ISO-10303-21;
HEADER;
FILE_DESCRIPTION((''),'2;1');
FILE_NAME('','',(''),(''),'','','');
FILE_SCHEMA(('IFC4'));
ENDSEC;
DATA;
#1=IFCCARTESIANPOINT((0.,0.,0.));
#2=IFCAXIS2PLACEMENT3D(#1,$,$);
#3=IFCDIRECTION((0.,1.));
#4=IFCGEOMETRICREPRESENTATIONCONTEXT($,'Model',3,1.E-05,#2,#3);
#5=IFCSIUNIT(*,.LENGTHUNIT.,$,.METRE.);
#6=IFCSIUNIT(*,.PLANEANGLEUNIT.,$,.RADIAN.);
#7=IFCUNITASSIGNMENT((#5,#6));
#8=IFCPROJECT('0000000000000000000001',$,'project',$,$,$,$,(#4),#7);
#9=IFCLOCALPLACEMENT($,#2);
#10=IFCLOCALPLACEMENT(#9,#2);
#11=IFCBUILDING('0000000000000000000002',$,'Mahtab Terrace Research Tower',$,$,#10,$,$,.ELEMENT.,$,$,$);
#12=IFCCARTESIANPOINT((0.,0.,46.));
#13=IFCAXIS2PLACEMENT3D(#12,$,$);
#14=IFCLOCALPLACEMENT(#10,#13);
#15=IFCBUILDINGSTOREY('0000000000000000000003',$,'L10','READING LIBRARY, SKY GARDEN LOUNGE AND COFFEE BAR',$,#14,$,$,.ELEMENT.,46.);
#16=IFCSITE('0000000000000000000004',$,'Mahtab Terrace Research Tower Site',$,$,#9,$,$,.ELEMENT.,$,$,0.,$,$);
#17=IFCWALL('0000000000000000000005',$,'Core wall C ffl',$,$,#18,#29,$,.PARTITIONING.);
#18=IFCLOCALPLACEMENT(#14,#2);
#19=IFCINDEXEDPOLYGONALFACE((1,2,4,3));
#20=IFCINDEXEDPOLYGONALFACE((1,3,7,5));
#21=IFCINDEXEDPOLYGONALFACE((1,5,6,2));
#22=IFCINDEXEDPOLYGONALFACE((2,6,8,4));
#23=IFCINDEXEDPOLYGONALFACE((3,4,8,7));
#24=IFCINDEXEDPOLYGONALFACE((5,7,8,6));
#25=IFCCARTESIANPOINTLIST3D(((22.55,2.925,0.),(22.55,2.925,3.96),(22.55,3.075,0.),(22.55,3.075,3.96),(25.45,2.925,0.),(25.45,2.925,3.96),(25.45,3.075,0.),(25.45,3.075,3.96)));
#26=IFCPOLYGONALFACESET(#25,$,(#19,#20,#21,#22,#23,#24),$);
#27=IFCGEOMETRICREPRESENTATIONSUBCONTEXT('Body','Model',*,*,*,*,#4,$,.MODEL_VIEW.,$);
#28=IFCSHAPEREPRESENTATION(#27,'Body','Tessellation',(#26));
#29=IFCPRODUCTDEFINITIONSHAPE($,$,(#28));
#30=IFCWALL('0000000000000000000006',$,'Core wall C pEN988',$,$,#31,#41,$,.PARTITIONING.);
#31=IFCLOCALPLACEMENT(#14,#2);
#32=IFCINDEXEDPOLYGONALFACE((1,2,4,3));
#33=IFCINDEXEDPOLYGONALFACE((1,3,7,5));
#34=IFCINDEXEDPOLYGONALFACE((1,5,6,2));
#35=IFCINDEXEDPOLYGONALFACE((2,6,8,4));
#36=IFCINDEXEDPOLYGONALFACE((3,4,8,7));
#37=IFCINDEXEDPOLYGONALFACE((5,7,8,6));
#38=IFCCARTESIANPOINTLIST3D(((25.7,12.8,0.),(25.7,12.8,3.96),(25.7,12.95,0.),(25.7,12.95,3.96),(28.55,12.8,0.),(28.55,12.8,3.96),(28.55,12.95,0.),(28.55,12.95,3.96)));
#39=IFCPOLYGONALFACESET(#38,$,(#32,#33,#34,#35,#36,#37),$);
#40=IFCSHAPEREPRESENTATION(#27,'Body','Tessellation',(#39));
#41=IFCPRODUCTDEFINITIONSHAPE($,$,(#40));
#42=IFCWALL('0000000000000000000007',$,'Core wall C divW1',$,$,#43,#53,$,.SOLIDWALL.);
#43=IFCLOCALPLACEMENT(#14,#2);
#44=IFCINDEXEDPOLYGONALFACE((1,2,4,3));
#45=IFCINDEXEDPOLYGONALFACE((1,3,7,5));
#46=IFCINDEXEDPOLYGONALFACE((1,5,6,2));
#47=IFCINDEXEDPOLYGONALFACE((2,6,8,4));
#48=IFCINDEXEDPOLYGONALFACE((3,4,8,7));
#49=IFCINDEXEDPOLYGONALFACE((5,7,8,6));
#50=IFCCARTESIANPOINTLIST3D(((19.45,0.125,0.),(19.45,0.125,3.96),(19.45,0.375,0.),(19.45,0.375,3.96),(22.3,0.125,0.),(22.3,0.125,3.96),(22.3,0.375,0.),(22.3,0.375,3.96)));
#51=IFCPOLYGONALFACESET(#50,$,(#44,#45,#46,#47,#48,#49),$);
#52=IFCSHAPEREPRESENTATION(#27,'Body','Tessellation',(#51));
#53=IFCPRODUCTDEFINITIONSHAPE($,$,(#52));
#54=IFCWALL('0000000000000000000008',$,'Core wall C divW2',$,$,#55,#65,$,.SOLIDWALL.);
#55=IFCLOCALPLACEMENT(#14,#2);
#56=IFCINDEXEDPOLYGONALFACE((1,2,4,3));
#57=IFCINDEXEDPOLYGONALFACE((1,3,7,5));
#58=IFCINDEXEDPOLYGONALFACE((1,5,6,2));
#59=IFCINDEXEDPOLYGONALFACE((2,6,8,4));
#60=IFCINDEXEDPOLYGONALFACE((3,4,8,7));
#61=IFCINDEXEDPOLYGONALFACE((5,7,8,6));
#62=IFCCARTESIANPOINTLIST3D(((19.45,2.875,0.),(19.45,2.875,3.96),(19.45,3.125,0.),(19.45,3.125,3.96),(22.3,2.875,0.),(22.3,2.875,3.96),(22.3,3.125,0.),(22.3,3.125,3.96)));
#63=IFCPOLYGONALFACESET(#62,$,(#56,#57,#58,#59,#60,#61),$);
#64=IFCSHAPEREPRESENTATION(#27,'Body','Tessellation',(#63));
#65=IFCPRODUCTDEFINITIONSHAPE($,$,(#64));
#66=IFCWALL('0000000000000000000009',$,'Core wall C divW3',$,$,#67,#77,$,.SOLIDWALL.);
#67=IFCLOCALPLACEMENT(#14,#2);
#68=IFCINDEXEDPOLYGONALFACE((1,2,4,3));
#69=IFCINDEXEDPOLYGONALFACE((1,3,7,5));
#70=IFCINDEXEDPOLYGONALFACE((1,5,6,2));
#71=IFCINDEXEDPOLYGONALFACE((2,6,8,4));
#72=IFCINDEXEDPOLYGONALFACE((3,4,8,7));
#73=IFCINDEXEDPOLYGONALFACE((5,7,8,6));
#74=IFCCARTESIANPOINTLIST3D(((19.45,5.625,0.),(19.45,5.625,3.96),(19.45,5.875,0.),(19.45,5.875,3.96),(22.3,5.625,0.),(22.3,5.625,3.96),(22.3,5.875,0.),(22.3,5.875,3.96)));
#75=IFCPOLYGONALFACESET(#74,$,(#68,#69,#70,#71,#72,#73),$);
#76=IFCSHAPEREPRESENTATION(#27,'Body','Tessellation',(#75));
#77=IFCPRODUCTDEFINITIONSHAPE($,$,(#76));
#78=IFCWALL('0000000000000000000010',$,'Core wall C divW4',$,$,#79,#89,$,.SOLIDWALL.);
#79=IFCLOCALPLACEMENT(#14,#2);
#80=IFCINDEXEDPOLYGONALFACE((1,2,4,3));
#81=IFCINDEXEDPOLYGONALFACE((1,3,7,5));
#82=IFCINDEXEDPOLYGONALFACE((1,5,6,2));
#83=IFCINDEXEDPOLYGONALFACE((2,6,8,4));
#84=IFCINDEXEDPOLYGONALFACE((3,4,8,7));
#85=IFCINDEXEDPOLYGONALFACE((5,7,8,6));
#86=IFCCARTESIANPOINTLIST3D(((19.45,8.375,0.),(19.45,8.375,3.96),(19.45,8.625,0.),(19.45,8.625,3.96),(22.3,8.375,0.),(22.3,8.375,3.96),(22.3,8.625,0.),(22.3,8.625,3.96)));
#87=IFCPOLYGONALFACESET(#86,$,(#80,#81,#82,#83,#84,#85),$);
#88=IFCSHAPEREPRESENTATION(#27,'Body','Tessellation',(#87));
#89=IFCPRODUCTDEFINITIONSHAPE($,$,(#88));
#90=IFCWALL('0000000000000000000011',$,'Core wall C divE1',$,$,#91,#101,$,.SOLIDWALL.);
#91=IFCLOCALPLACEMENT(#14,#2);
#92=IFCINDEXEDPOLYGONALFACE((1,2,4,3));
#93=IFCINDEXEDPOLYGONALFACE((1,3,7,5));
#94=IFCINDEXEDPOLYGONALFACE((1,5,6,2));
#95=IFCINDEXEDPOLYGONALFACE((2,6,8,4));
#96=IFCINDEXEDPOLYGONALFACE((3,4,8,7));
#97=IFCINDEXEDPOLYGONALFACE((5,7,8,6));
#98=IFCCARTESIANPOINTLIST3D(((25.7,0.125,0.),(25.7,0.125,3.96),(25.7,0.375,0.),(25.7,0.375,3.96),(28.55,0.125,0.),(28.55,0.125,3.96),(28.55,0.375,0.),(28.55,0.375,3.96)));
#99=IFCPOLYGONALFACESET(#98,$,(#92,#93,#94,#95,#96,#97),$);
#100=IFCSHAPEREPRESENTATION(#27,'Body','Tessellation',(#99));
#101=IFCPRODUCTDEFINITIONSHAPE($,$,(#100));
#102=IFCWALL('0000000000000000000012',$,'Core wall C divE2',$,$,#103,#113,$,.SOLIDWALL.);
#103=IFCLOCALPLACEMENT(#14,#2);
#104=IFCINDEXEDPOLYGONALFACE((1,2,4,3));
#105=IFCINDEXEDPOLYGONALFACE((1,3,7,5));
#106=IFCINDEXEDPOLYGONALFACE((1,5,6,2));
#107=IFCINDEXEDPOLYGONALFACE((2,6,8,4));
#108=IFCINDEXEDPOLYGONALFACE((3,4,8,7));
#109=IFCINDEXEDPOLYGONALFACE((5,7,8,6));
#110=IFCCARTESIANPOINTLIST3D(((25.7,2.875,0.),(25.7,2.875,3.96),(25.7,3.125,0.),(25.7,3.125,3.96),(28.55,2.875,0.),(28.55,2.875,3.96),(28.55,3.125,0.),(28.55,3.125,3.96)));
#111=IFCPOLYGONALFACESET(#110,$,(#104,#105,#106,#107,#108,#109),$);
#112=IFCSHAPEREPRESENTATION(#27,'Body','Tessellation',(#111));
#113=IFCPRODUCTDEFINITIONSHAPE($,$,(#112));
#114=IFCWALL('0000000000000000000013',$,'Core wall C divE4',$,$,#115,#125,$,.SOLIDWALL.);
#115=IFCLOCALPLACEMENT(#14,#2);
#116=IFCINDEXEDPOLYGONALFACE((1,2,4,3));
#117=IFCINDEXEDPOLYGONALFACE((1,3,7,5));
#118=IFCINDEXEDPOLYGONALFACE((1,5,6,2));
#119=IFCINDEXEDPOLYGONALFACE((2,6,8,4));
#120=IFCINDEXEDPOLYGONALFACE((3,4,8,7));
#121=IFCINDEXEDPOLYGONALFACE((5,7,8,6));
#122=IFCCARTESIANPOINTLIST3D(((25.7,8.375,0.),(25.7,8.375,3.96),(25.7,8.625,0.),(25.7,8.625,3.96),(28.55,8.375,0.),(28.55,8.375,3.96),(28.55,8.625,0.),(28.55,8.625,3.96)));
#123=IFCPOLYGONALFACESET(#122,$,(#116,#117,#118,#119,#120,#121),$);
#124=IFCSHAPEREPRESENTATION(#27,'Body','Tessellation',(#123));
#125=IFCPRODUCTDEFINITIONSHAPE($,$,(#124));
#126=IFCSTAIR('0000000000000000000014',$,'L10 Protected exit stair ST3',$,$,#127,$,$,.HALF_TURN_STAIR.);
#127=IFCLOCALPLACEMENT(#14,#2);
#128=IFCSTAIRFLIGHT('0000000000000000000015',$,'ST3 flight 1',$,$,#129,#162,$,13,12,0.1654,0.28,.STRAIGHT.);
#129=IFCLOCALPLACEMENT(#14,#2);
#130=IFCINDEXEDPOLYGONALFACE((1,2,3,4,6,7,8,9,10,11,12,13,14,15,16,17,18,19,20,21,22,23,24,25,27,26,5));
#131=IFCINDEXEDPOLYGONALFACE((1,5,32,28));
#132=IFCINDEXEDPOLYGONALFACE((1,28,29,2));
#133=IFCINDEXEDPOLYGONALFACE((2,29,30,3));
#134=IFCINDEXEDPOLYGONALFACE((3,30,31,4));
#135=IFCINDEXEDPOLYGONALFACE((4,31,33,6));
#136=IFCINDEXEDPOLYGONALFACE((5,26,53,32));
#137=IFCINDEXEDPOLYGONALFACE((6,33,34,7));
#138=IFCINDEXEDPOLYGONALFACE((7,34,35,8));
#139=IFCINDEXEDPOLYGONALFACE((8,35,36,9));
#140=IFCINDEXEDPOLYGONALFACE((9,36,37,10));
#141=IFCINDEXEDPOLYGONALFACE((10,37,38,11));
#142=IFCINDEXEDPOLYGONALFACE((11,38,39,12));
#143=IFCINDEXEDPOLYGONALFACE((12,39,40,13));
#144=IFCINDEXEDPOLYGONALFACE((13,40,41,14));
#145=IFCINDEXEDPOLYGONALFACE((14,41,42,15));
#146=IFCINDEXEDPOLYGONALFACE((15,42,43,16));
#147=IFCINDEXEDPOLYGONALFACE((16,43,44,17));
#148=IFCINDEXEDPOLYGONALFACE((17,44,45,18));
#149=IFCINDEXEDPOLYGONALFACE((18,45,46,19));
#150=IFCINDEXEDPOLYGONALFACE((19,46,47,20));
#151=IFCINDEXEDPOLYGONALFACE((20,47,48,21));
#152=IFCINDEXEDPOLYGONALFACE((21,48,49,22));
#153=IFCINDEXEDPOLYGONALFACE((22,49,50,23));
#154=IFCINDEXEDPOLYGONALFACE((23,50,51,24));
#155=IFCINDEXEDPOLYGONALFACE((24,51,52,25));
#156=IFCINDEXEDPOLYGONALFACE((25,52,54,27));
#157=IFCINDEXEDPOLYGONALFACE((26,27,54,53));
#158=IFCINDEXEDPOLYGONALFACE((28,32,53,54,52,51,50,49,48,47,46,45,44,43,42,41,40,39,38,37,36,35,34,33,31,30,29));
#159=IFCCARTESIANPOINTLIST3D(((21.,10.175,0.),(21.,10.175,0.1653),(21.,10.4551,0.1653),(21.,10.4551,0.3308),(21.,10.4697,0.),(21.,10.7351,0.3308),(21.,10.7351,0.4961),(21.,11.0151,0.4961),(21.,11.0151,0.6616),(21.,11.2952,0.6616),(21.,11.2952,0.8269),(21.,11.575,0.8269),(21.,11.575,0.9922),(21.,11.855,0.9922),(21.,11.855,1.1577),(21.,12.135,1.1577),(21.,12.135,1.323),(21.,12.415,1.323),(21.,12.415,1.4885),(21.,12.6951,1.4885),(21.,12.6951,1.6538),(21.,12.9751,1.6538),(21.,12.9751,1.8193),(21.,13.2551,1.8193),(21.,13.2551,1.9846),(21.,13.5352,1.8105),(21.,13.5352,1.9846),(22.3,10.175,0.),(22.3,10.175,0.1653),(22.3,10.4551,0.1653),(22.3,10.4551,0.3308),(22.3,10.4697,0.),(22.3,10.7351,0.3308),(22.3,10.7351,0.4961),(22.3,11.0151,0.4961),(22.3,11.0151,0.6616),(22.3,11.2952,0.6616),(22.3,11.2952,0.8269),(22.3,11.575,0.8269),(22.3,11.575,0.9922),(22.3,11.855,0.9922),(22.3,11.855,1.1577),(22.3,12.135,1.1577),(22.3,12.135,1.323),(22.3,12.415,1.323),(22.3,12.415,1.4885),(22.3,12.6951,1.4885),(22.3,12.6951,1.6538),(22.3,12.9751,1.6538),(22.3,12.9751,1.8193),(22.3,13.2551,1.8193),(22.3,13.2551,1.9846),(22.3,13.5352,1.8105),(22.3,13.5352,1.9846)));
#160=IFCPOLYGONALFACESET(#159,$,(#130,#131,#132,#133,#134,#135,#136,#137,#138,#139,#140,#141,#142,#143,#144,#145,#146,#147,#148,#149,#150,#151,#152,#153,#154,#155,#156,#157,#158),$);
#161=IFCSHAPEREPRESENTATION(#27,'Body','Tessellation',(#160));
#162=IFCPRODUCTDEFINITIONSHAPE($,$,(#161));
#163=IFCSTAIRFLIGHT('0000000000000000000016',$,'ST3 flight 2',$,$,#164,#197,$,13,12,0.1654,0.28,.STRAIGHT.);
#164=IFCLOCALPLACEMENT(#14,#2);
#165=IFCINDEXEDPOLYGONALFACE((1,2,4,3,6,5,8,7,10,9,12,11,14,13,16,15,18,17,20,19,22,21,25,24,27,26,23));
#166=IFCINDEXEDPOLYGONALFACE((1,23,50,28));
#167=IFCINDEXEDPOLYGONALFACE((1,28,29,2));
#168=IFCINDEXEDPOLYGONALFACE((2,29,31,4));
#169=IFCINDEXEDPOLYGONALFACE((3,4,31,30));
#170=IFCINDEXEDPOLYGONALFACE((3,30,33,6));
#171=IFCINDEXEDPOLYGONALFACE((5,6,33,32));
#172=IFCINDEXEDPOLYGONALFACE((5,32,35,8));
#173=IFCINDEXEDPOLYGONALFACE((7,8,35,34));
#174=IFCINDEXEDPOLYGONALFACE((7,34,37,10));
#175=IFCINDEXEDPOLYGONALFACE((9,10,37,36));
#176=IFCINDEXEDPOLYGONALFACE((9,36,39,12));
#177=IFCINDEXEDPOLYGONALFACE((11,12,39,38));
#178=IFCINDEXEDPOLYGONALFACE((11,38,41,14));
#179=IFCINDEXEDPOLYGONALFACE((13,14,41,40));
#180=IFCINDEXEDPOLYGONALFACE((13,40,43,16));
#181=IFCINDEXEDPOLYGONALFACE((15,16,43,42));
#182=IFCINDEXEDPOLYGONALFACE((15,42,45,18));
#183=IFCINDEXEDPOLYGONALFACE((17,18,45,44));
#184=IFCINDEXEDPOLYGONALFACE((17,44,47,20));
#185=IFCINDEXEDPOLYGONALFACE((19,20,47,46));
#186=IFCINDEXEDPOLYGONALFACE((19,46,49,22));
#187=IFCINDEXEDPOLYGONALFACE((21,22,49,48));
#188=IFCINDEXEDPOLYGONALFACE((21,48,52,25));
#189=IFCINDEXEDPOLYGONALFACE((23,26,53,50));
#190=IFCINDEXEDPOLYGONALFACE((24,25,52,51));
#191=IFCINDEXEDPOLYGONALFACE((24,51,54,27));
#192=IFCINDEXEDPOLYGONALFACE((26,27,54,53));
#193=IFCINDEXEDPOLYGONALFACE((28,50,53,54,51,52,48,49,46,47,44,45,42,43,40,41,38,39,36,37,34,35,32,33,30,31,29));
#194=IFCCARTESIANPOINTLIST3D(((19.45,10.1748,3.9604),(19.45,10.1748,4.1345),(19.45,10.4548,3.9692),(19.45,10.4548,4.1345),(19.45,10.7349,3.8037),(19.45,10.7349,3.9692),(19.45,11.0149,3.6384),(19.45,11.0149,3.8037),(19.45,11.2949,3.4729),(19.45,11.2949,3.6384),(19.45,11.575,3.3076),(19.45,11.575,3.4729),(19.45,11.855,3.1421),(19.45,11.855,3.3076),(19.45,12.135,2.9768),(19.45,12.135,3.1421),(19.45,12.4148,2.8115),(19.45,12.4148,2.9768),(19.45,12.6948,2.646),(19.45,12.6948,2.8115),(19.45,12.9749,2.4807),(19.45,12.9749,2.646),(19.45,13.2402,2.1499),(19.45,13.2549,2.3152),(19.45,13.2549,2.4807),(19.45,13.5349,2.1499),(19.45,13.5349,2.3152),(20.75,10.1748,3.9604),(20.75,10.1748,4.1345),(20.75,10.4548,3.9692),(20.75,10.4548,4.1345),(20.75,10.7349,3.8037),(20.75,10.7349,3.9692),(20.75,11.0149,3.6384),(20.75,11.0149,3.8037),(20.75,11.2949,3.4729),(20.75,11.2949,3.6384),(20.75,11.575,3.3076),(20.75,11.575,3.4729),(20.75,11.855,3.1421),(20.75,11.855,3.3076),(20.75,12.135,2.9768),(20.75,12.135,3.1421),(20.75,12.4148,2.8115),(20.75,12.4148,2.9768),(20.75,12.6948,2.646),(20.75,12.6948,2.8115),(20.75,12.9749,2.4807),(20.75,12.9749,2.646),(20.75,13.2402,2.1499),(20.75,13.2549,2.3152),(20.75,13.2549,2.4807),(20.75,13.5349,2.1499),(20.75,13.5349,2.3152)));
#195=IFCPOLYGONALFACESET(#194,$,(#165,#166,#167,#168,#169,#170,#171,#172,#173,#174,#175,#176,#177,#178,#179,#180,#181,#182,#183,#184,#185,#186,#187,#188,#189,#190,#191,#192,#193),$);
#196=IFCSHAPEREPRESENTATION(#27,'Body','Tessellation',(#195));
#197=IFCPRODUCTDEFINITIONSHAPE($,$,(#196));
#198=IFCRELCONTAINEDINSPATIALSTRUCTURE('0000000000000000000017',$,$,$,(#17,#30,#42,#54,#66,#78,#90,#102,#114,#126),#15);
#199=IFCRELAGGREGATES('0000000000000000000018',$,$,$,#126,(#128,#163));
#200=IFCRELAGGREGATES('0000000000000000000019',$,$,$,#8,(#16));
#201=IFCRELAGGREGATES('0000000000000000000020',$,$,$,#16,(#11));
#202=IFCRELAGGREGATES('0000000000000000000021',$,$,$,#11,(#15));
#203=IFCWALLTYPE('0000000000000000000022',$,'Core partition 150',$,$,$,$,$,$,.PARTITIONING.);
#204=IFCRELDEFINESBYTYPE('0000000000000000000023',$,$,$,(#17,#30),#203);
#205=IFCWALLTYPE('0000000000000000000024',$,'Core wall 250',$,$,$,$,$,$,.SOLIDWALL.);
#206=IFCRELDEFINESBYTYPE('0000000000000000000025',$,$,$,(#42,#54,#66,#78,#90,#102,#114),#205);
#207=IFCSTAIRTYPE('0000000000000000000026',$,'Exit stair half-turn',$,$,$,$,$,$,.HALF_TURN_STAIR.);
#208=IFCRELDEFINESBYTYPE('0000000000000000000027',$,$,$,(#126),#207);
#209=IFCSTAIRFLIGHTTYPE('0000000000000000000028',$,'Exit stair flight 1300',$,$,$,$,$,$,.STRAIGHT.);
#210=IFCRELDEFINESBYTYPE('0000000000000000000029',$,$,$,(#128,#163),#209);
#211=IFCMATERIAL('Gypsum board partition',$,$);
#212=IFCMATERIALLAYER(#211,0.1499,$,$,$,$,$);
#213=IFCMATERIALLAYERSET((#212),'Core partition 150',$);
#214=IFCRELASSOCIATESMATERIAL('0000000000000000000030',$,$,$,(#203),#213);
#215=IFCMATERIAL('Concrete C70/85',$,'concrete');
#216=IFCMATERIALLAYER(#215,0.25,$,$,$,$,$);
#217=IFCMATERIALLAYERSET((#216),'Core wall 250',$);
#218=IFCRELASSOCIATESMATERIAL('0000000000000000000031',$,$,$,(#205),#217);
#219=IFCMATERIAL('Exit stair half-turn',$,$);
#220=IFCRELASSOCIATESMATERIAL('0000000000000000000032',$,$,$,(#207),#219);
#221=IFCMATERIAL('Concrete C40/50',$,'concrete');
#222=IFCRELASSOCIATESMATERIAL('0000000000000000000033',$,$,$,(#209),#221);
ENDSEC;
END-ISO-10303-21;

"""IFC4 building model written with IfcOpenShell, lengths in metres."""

from ifc_helpers import new_model, si_unit, direction, frame, frame_2d, origin, place, context, subcontext, project, spatial, polyline, rectangle, outline, extrude, material, layer, layer_set, type_object, element, aggregate, save


model = new_model("IFC4")

# Units and contexts
model_context = context("Model", 3, precision=1e-05, world=origin(), true_north=direction((0.0, 1.0)))
body_context = subcontext(model_context, "Body", "Model", "MODEL_VIEW")
ifc_project = project(units=[si_unit("LENGTHUNIT", "METRE"), si_unit("PLANEANGLEUNIT", "RADIAN")], contexts=[model_context])

# Site, building, storey
site_placement = place(None, origin())
site = spatial("IfcSite", under=ifc_project, at=site_placement, Name="Mahtab Terrace Research Tower Site", CompositionType="ELEMENT", RefElevation=0.0)
building_placement = place(site_placement, origin())
building = spatial("IfcBuilding", under=site, at=building_placement, Name="Mahtab Terrace Research Tower", CompositionType="ELEMENT")
storey_placement = place(building_placement, frame((0.0, 0.0, 46.0)))
storey = spatial("IfcBuildingStorey", under=building, at=storey_placement, Name="L10", Description="READING LIBRARY, SKY GARDEN LOUNGE AND COFFEE BAR", CompositionType="ELEMENT", Elevation=46.0)

# Walls
ifc_material_1 = material(Name="Gypsum board partition")
ifc_layer_1 = layer(ifc_material_1, 0.1499)
ifc_layer_set_1 = layer_set([ifc_layer_1], Name="Core partition 150")
wall_type_1 = type_object("IfcWallType", Name="Core partition 150", PredefinedType="PARTITIONING", material=ifc_layer_set_1)
wall_1_placement = place(storey_placement, frame((22.55, 3.0, 0.0), z_axis=(0.0, 0.0, 1.0), x_axis=(1.0, 0.0, 0.0)))
element("IfcWall", 1, at=wall_1_placement, inside=storey, type_object=wall_type_1, Name="Core wall C ffl", PredefinedType="PARTITIONING", context=body_context, shape_type="SweptSolid", body=[
    extrude(rectangle(XDim=2.8999, YDim=0.1499, at=frame_2d((1.45, 0.0))), origin(), (0.0, 0.0, 1.0), 3.96),
])
wall_2_placement = place(storey_placement, frame((25.7, 12.875, 0.0), z_axis=(0.0, 0.0, 1.0), x_axis=(1.0, 0.0, 0.0)))
element("IfcWall", 2, at=wall_2_placement, inside=storey, type_object=wall_type_1, Name="Core wall C pEN988", PredefinedType="PARTITIONING", context=body_context, shape_type="SweptSolid", body=[
    extrude(rectangle(XDim=2.8501, YDim=0.1499, at=frame_2d((1.425, 0.0))), origin(), (0.0, 0.0, 1.0), 3.96),
])
ifc_material_2 = material(Name="Concrete C70/85", Category="concrete")
ifc_layer_2 = layer(ifc_material_2, 0.25)
ifc_layer_set_2 = layer_set([ifc_layer_2], Name="Core wall 250")
wall_type_2 = type_object("IfcWallType", Name="Core wall 250", PredefinedType="SOLIDWALL", material=ifc_layer_set_2)
for number, where, z_axis, x_axis, name in (
    (3, (19.45, 0.25, 0.0), (0.0, 0.0, 1.0), (1.0, 0.0, 0.0), "Core wall C divW1"),
    (4, (19.45, 3.0, 0.0), (0.0, 0.0, 1.0), (1.0, 0.0, 0.0), "Core wall C divW2"),
    (5, (19.45, 5.75, 0.0), (0.0, 0.0, 1.0), (1.0, 0.0, 0.0), "Core wall C divW3"),
    (6, (19.45, 8.5, 0.0), (0.0, 0.0, 1.0), (1.0, 0.0, 0.0), "Core wall C divW4"),
    (7, (25.7, 0.25, 0.0), (0.0, 0.0, 1.0), (1.0, 0.0, 0.0), "Core wall C divE1"),
    (8, (25.7, 3.0, 0.0), (0.0, 0.0, 1.0), (1.0, 0.0, 0.0), "Core wall C divE2"),
    (9, (25.7, 8.5, 0.0), (0.0, 0.0, 1.0), (1.0, 0.0, 0.0), "Core wall C divE4"),
):
    element("IfcWall", number, at=place(storey_placement, frame(where, z_axis=z_axis, x_axis=x_axis)), inside=storey, type_object=wall_type_2, Name=name, PredefinedType="SOLIDWALL", context=body_context, shape_type="SweptSolid", body=[
        extrude(rectangle(XDim=2.8501, YDim=0.25, at=frame_2d((1.425, 0.0))), origin(), (0.0, 0.0, 1.0), 3.96),
    ])

# Stair, stair flights
ifc_material_3 = material(Name="Exit stair half-turn")
stair_type = type_object("IfcStairType", Name="Exit stair half-turn", PredefinedType="HALF_TURN_STAIR", material=ifc_material_3)
stair_placement = place(storey_placement, origin())
stair = element("IfcStair", 10, at=stair_placement, inside=storey, type_object=stair_type, Name="L10 Protected exit stair ST3", PredefinedType="HALF_TURN_STAIR")
ifc_material_4 = material(Name="Concrete C40/50", Category="concrete")
stair_flight_type = type_object("IfcStairFlightType", Name="Exit stair flight 1300", PredefinedType="STRAIGHT", material=ifc_material_4)
stair_flight_1_placement = place(storey_placement, frame((21.6499, 10.175, 0.0), z_axis=(0.0, 0.0, 1.0), x_axis=(0.0, 1.0, 0.0)))
stair_flight_1 = element("IfcStairFlight", 11, at=stair_flight_1_placement, type_object=stair_flight_type, Name="ST3 flight 1", NumberOfRisers=13, NumberOfTreads=12, PredefinedType="STRAIGHT", RiserHeight=0.1654, TreadLength=0.28, context=body_context, shape_type="SweptSolid", body=[
    extrude(outline(polyline([(0.0, 0.0), (0.0, 0.1653), (0.28, 0.1653), (0.28, 0.3308), (0.5601, 0.3308), (0.5601, 0.4961), (0.8401, 0.4961), (0.8401, 0.6616), (1.1201, 0.6616), (1.1201, 0.8269), (1.3999, 0.8269), (1.3999, 0.9922), (1.6799, 0.9922), (1.6799, 1.1577), (1.96, 1.1577), (1.96, 1.323), (2.24, 1.323), (2.24, 1.4885), (2.52, 1.4885), (2.52, 1.6538), (2.8, 1.6538), (2.8, 1.8193), (3.0801, 1.8193), (3.0801, 1.9846), (3.3601, 1.9846), (3.3601, 2.1499), (3.3601, 1.8105), (0.2947, 0.0), (0.0, 0.0)])), frame((0.0, 0.6499, 0.0), z_axis=(0.0, -1.0, 0.0), x_axis=(1.0, 0.0, 0.0)), (0.0, 0.0, 1.0), 1.3),
])
stair_flight_2_placement = place(storey_placement, frame((20.1001, 13.5349, 2.1499), z_axis=(0.0, 0.0, 1.0), x_axis=(0.0, -1.0, 0.0)))
stair_flight_2 = element("IfcStairFlight", 12, at=stair_flight_2_placement, type_object=stair_flight_type, Name="ST3 flight 2", NumberOfRisers=13, NumberOfTreads=12, PredefinedType="STRAIGHT", RiserHeight=0.1654, TreadLength=0.28, context=body_context, shape_type="SweptSolid", body=[
    extrude(outline(polyline([(0.0, 0.0), (0.0, 0.1653), (0.28, 0.1653), (0.28, 0.3308), (0.5601, 0.3308), (0.5601, 0.4961), (0.8401, 0.4961), (0.8401, 0.6616), (1.1201, 0.6616), (1.1201, 0.8269), (1.3999, 0.8269), (1.3999, 0.9922), (1.6799, 0.9922), (1.6799, 1.1577), (1.96, 1.1577), (1.96, 1.323), (2.24, 1.323), (2.24, 1.4885), (2.52, 1.4885), (2.52, 1.6538), (2.8, 1.6538), (2.8, 1.8193), (3.0801, 1.8193), (3.0801, 1.9846), (3.3601, 1.9846), (3.3601, 2.1499), (3.3601, 1.8105), (0.2947, 0.0), (0.0, 0.0)])), frame((0.0, 0.6499, 0.0), z_axis=(0.0, -1.0, 0.0), x_axis=(1.0, 0.0, 0.0)), (0.0, 0.0, 1.0), 1.3),
])
aggregate(stair, [stair_flight_1, stair_flight_2])

save(model, "model.ifc")
